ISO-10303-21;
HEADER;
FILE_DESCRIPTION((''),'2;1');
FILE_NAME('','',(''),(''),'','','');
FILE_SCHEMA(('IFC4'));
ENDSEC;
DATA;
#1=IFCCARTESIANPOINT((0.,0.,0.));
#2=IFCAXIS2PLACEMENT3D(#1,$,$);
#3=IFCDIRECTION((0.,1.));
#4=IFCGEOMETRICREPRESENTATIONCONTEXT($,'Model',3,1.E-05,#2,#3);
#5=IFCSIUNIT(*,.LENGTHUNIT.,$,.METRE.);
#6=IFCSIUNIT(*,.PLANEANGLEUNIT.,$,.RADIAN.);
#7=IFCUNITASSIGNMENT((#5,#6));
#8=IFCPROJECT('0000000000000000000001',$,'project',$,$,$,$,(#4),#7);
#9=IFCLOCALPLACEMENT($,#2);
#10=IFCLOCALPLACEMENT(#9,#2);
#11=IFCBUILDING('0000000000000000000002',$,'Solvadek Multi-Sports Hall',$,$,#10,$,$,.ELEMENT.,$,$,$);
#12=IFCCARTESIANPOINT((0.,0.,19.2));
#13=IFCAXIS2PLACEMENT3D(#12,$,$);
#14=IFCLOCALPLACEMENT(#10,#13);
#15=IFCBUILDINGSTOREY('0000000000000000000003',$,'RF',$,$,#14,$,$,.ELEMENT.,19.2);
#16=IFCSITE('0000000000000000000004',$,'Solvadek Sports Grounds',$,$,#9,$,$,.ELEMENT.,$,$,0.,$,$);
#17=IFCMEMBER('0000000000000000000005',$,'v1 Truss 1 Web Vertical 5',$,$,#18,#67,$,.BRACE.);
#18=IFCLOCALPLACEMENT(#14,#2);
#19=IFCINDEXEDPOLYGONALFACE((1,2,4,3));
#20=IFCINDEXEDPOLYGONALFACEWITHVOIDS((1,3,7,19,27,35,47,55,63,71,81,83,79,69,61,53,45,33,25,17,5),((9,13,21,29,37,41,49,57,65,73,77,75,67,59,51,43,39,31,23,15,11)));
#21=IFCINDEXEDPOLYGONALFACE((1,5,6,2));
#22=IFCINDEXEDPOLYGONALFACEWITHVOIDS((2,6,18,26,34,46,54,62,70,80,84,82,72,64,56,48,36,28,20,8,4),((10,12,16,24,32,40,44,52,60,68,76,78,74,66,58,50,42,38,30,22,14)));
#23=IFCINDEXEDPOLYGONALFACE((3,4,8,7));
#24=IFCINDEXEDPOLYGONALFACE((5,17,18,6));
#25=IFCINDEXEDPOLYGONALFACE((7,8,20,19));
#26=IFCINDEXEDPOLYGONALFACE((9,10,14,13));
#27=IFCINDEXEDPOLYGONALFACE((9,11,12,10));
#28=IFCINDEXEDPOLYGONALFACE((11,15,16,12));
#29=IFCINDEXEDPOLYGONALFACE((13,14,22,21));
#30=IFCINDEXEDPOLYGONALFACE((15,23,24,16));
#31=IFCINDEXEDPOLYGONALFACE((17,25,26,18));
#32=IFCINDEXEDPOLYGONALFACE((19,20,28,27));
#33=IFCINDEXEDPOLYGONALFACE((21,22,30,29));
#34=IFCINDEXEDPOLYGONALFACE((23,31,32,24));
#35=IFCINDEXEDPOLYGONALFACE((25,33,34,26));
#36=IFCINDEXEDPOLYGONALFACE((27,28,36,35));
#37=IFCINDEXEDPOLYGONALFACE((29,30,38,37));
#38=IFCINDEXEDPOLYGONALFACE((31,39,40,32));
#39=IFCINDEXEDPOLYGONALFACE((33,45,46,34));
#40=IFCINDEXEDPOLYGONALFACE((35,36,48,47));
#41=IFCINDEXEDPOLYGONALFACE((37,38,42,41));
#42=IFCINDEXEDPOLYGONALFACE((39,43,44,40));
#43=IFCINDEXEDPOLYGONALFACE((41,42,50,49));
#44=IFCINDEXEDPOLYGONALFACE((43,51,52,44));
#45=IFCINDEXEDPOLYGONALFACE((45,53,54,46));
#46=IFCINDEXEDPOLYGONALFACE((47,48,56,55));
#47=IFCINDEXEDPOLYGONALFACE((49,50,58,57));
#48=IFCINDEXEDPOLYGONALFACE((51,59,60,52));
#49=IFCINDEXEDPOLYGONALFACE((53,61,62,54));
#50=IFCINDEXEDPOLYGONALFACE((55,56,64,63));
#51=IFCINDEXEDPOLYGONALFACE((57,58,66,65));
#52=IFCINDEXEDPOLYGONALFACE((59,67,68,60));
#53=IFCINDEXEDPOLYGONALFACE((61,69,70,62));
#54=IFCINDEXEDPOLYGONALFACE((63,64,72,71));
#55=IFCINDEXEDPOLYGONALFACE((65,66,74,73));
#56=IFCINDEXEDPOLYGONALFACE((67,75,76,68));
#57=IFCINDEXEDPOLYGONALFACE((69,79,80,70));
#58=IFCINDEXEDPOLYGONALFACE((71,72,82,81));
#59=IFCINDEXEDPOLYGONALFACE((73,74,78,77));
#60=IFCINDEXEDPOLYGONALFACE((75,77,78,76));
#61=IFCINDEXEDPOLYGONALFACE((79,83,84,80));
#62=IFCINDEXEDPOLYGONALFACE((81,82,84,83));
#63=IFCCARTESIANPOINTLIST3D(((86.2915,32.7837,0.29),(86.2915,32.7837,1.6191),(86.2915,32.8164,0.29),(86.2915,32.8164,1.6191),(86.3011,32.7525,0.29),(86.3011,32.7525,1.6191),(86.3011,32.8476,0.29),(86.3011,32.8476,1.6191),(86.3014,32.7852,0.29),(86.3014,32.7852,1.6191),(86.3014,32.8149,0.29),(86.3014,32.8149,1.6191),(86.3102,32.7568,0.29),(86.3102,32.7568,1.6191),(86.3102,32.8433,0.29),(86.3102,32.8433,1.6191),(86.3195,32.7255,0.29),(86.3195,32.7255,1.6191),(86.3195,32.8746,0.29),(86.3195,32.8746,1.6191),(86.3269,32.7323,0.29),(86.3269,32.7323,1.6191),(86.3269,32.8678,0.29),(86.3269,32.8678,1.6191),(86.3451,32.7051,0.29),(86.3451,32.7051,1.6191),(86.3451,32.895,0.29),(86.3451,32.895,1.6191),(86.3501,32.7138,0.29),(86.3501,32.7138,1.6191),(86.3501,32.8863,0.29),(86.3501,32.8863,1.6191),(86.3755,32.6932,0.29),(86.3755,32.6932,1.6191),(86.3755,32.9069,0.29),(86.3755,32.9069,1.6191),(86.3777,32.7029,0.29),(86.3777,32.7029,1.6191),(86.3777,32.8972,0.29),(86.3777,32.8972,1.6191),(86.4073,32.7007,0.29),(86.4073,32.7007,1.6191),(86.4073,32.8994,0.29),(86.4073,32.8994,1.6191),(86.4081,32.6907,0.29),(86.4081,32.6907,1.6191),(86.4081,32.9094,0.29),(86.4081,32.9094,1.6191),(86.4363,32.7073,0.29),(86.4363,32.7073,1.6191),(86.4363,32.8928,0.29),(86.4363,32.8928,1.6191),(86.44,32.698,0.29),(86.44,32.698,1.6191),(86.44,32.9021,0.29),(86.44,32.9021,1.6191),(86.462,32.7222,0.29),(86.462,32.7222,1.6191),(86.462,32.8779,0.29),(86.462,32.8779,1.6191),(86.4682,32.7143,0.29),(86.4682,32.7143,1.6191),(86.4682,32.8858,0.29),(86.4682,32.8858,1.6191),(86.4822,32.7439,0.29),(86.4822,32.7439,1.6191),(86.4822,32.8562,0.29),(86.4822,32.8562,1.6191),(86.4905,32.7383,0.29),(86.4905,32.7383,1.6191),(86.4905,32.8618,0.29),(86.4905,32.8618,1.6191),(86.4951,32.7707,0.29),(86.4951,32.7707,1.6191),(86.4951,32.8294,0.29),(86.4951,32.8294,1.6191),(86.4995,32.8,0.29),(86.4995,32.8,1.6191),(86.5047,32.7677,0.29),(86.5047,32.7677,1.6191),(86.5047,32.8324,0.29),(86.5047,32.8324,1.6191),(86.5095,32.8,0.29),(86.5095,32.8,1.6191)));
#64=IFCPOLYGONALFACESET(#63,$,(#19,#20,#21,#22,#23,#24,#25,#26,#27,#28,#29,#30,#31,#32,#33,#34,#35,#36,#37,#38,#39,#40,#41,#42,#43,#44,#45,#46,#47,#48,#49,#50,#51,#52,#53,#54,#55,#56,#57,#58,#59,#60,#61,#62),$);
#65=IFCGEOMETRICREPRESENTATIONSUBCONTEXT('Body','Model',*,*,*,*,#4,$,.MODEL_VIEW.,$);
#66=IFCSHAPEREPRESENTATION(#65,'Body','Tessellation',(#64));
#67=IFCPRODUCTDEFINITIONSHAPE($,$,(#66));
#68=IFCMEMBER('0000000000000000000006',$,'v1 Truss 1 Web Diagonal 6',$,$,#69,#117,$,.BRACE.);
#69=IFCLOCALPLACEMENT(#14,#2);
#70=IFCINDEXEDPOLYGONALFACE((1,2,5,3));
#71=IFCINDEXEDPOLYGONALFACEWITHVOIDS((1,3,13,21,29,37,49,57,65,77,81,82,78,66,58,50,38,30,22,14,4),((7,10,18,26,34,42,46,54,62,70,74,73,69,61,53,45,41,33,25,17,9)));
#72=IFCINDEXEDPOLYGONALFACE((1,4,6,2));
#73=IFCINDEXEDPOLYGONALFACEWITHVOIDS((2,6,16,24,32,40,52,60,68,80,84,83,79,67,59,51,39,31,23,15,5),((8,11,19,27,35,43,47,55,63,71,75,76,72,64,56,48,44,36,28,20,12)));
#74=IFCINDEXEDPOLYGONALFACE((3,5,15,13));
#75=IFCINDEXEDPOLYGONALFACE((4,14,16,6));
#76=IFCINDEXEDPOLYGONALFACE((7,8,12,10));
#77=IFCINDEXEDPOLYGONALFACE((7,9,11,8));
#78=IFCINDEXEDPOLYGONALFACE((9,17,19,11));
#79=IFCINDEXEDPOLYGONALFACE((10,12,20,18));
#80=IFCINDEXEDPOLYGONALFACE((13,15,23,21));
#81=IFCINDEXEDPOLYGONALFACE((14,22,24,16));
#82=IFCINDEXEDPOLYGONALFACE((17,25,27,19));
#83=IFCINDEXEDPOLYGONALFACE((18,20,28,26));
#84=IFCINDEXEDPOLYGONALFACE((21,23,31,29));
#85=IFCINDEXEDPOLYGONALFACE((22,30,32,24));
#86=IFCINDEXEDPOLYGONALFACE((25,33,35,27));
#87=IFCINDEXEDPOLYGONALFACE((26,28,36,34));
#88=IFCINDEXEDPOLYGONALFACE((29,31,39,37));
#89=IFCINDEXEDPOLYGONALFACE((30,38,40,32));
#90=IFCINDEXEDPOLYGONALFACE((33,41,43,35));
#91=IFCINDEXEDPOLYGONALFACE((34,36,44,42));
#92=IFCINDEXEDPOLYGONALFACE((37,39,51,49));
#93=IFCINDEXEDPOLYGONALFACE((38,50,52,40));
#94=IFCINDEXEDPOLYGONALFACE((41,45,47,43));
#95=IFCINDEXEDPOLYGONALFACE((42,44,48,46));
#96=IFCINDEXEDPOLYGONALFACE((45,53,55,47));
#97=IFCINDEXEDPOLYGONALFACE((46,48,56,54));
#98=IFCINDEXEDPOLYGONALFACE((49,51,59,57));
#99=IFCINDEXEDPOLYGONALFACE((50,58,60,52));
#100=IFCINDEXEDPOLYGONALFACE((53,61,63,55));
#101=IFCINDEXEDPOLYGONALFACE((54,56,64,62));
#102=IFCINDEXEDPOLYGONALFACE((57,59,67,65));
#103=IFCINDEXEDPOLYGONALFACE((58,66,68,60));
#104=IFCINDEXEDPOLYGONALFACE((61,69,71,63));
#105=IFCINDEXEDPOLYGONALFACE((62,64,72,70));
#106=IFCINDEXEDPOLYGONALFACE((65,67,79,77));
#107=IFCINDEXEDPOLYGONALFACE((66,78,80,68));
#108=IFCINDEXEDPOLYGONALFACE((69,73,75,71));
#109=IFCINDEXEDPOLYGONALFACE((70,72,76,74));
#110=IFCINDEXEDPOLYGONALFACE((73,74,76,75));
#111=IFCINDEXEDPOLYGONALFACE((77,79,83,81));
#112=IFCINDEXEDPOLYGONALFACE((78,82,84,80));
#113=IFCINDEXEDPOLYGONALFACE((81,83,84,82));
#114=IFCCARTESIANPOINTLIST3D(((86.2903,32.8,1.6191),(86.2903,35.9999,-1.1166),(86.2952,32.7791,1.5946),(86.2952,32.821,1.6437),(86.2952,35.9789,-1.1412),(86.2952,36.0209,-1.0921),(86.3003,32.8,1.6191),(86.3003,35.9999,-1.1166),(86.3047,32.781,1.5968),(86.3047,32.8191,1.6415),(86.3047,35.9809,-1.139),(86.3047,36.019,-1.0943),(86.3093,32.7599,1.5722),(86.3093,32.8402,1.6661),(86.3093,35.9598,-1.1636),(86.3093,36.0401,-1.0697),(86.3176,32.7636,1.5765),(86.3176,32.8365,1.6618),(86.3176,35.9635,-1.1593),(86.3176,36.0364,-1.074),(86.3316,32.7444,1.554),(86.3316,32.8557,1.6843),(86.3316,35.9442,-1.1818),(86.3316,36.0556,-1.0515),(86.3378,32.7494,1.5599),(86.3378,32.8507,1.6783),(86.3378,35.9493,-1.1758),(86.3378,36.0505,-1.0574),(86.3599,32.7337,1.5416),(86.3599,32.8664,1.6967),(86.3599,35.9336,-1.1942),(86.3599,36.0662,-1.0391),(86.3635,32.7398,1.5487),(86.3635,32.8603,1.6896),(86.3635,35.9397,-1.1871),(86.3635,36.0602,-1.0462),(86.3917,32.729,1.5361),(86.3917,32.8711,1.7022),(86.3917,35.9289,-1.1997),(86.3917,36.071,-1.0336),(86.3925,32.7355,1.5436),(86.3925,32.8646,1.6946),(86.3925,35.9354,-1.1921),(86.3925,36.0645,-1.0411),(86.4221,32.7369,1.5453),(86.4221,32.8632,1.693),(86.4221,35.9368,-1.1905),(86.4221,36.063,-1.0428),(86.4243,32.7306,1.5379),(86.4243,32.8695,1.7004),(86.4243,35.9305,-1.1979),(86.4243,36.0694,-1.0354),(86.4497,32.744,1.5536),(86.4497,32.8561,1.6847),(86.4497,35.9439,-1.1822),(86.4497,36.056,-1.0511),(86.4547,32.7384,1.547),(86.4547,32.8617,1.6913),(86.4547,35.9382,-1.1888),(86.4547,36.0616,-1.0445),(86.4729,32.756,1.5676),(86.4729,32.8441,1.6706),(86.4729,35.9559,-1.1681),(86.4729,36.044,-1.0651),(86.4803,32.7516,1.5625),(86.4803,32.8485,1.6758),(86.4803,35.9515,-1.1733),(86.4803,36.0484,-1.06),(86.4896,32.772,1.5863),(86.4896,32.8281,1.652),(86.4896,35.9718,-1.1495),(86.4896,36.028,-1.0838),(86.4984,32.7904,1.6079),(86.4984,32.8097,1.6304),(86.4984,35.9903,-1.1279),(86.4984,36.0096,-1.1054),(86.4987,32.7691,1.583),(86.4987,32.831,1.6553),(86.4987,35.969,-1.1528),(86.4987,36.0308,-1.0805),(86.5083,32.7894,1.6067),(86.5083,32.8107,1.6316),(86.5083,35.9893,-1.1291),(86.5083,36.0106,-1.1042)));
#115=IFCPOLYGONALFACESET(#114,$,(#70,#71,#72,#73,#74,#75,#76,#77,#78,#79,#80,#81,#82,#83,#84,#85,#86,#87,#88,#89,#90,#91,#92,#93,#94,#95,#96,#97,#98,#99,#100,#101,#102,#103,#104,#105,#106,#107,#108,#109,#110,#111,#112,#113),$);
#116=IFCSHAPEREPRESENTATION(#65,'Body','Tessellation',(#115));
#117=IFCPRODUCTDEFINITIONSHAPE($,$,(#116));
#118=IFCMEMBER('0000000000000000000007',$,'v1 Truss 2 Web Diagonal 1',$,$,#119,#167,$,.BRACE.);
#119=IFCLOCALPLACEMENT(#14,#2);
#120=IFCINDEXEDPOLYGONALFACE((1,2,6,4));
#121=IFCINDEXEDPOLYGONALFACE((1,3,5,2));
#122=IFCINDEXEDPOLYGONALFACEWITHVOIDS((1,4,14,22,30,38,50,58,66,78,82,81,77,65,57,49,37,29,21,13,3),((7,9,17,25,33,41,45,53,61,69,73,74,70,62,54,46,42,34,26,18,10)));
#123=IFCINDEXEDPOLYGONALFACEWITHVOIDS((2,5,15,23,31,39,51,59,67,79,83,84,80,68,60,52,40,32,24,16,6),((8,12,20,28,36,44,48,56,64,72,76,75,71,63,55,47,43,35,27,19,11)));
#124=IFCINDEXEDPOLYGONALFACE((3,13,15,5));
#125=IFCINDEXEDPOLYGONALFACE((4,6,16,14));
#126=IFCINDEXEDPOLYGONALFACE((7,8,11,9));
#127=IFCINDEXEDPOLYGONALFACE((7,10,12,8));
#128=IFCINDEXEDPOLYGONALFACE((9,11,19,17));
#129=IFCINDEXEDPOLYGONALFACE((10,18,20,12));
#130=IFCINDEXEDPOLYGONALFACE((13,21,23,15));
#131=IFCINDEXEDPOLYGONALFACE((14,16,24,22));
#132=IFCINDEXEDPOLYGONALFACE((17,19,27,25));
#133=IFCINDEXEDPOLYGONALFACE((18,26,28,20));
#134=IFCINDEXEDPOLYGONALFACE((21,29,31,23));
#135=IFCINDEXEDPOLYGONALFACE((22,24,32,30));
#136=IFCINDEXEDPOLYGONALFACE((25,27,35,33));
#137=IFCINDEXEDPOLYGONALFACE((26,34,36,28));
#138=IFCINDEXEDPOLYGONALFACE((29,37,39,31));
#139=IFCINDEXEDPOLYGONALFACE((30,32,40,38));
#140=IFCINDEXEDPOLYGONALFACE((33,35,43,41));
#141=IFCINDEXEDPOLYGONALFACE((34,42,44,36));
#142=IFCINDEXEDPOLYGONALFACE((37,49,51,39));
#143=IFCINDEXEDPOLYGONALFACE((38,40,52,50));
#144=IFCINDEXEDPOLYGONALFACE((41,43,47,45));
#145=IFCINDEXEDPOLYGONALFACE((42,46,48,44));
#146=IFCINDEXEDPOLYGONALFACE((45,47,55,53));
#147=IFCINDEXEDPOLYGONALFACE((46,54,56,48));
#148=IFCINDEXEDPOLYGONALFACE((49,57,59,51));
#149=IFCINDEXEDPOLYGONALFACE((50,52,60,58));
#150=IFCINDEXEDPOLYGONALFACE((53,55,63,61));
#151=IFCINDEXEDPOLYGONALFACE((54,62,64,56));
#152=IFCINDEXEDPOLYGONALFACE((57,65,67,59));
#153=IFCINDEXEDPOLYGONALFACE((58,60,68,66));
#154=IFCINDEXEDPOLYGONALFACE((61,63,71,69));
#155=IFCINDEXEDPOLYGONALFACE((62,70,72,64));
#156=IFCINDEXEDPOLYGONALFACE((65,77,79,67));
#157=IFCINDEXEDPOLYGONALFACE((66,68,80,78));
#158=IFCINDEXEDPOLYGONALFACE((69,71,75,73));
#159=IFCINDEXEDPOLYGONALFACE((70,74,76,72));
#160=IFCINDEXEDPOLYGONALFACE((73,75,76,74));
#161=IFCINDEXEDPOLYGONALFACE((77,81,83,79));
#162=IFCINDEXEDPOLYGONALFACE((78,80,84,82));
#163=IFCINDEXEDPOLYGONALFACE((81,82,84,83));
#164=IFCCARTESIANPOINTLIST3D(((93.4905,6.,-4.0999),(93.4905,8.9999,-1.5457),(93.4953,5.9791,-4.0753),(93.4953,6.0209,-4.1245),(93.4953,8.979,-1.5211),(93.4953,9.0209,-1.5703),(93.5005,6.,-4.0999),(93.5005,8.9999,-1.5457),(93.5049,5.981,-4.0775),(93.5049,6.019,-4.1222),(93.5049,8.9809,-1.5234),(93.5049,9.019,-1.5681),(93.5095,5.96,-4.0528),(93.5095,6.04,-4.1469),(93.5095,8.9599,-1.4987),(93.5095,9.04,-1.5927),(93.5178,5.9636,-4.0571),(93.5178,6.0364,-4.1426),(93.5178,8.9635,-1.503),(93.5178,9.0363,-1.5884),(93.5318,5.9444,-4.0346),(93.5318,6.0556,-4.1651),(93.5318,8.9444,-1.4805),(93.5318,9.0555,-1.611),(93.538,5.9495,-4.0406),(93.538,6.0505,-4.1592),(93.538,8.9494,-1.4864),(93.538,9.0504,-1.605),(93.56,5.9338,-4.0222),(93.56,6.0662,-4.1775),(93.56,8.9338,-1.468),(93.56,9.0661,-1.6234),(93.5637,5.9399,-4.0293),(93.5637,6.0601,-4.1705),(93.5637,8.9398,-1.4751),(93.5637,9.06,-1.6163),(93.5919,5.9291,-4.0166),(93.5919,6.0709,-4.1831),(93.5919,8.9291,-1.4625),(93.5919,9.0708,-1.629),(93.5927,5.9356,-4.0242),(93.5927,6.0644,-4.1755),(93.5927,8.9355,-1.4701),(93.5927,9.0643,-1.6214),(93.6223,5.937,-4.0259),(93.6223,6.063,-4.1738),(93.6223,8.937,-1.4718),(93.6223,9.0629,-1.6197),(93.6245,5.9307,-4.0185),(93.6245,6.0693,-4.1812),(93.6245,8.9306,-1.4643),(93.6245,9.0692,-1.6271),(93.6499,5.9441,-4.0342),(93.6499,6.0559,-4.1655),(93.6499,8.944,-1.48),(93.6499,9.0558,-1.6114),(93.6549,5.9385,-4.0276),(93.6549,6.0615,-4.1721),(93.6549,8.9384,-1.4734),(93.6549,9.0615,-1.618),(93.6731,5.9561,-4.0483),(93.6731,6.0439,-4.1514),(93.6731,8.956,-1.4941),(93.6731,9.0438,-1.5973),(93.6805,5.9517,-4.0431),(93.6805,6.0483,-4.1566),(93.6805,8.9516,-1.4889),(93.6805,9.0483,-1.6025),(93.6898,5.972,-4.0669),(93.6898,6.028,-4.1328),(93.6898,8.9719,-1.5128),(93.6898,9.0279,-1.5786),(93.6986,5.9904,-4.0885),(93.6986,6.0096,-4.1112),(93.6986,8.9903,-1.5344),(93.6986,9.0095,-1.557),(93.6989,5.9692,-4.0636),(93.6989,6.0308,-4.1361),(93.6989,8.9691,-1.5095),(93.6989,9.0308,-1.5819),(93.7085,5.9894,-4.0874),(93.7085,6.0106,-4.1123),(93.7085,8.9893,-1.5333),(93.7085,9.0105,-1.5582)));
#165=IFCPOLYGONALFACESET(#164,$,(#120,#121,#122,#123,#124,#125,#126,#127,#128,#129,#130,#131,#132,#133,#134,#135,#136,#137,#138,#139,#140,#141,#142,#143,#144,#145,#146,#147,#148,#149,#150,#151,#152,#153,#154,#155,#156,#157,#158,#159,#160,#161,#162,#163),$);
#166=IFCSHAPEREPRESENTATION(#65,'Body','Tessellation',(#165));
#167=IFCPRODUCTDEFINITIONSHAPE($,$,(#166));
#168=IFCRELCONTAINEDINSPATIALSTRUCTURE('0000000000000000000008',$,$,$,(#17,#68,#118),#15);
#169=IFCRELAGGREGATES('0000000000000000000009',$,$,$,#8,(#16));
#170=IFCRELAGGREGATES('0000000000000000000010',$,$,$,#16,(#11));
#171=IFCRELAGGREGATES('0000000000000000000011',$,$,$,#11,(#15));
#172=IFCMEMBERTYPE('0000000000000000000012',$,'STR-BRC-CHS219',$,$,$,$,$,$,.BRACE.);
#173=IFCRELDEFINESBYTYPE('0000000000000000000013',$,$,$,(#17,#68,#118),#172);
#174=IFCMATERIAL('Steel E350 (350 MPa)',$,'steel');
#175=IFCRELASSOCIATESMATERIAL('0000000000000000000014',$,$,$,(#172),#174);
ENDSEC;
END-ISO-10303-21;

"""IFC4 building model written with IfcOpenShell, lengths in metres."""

from ifc_helpers import new_model, si_unit, direction, frame, origin, origin_2d, place, context, subcontext, project, spatial, hollow_circle, extrude, material, material_profile, profile_set, type_object, element, save


model = new_model("IFC4")

# Units and contexts
model_context = context("Model", 3, precision=1e-05, world=origin(), true_north=direction((0.0, 1.0)))
body_context = subcontext(model_context, "Body", "Model", "MODEL_VIEW")
ifc_project = project(units=[si_unit("LENGTHUNIT", "METRE"), si_unit("PLANEANGLEUNIT", "RADIAN")], contexts=[model_context])

# Site, building, storey
site_placement = place(None, origin())
site = spatial("IfcSite", under=ifc_project, at=site_placement, Name="Solvadek Sports Grounds", CompositionType="ELEMENT", RefElevation=0.0)
building_placement = place(site_placement, origin())
building = spatial("IfcBuilding", under=site, at=building_placement, Name="Solvadek Multi-Sports Hall", CompositionType="ELEMENT")
storey_placement = place(building_placement, frame((0.0, 0.0, 19.2)))
storey = spatial("IfcBuildingStorey", under=building, at=storey_placement, Name="RF", CompositionType="ELEMENT", Elevation=19.2)

# Shared definitions
ifc_material_1 = material(Name="Steel E350 (350 MPa)", Category="steel")

# Members
ifc_material_profile_1 = material_profile(ifc_material_1, hollow_circle(Radius=0.1096, WallThickness=0.01, at=origin_2d()), Name="CHS 219.1x10")
ifc_profile_set_1 = profile_set([ifc_material_profile_1], Name="Steel E350 (350 MPa)")
member_type_1 = type_object("IfcMemberType", Name="STR-BRC-CHS219", PredefinedType="BRACE", material=ifc_profile_set_1)
member_1_placement = place(storey_placement, frame((86.3999, 32.8, 0.29), z_axis=(0.0, 0.0, 1.0), x_axis=(1.0, 0.0, 0.0)))
element("IfcMember", 1, at=member_1_placement, inside=storey, type_object=member_type_1, Name="v1 Truss 1 Web Vertical 5", PredefinedType="BRACE", context=body_context, shape_type="SweptSolid", body=[
    extrude(hollow_circle(Radius=0.1096, WallThickness=0.01, at=origin_2d()), origin(), (0.0, 0.0, 1.0), 1.3291),
])
member_2_placement = place(storey_placement, frame((86.3999, 32.8, 1.6191), z_axis=(0.0, 0.760075, -0.649836), x_axis=(-1.0, 0.0, 0.0)))
element("IfcMember", 2, at=member_2_placement, inside=storey, type_object=member_type_1, Name="v1 Truss 1 Web Diagonal 6", PredefinedType="BRACE", context=body_context, shape_type="SweptSolid", body=[
    extrude(hollow_circle(Radius=0.1096, WallThickness=0.01, at=origin_2d()), origin(), (0.0, 0.0, 1.0), 4.21),
])
member_3_placement = place(storey_placement, frame((93.6001, 6.0, -4.0999), z_axis=(0.0, 0.761413, 0.648267), x_axis=(-1.0, 0.0, 0.0)))
element("IfcMember", 3, at=member_3_placement, inside=storey, type_object=member_type_1, Name="v1 Truss 2 Web Diagonal 1", PredefinedType="BRACE", context=body_context, shape_type="SweptSolid", body=[
    extrude(hollow_circle(Radius=0.1096, WallThickness=0.01, at=origin_2d()), origin(), (0.0, 0.0, 1.0), 3.9399),
])

save(model, "model.ifc")
